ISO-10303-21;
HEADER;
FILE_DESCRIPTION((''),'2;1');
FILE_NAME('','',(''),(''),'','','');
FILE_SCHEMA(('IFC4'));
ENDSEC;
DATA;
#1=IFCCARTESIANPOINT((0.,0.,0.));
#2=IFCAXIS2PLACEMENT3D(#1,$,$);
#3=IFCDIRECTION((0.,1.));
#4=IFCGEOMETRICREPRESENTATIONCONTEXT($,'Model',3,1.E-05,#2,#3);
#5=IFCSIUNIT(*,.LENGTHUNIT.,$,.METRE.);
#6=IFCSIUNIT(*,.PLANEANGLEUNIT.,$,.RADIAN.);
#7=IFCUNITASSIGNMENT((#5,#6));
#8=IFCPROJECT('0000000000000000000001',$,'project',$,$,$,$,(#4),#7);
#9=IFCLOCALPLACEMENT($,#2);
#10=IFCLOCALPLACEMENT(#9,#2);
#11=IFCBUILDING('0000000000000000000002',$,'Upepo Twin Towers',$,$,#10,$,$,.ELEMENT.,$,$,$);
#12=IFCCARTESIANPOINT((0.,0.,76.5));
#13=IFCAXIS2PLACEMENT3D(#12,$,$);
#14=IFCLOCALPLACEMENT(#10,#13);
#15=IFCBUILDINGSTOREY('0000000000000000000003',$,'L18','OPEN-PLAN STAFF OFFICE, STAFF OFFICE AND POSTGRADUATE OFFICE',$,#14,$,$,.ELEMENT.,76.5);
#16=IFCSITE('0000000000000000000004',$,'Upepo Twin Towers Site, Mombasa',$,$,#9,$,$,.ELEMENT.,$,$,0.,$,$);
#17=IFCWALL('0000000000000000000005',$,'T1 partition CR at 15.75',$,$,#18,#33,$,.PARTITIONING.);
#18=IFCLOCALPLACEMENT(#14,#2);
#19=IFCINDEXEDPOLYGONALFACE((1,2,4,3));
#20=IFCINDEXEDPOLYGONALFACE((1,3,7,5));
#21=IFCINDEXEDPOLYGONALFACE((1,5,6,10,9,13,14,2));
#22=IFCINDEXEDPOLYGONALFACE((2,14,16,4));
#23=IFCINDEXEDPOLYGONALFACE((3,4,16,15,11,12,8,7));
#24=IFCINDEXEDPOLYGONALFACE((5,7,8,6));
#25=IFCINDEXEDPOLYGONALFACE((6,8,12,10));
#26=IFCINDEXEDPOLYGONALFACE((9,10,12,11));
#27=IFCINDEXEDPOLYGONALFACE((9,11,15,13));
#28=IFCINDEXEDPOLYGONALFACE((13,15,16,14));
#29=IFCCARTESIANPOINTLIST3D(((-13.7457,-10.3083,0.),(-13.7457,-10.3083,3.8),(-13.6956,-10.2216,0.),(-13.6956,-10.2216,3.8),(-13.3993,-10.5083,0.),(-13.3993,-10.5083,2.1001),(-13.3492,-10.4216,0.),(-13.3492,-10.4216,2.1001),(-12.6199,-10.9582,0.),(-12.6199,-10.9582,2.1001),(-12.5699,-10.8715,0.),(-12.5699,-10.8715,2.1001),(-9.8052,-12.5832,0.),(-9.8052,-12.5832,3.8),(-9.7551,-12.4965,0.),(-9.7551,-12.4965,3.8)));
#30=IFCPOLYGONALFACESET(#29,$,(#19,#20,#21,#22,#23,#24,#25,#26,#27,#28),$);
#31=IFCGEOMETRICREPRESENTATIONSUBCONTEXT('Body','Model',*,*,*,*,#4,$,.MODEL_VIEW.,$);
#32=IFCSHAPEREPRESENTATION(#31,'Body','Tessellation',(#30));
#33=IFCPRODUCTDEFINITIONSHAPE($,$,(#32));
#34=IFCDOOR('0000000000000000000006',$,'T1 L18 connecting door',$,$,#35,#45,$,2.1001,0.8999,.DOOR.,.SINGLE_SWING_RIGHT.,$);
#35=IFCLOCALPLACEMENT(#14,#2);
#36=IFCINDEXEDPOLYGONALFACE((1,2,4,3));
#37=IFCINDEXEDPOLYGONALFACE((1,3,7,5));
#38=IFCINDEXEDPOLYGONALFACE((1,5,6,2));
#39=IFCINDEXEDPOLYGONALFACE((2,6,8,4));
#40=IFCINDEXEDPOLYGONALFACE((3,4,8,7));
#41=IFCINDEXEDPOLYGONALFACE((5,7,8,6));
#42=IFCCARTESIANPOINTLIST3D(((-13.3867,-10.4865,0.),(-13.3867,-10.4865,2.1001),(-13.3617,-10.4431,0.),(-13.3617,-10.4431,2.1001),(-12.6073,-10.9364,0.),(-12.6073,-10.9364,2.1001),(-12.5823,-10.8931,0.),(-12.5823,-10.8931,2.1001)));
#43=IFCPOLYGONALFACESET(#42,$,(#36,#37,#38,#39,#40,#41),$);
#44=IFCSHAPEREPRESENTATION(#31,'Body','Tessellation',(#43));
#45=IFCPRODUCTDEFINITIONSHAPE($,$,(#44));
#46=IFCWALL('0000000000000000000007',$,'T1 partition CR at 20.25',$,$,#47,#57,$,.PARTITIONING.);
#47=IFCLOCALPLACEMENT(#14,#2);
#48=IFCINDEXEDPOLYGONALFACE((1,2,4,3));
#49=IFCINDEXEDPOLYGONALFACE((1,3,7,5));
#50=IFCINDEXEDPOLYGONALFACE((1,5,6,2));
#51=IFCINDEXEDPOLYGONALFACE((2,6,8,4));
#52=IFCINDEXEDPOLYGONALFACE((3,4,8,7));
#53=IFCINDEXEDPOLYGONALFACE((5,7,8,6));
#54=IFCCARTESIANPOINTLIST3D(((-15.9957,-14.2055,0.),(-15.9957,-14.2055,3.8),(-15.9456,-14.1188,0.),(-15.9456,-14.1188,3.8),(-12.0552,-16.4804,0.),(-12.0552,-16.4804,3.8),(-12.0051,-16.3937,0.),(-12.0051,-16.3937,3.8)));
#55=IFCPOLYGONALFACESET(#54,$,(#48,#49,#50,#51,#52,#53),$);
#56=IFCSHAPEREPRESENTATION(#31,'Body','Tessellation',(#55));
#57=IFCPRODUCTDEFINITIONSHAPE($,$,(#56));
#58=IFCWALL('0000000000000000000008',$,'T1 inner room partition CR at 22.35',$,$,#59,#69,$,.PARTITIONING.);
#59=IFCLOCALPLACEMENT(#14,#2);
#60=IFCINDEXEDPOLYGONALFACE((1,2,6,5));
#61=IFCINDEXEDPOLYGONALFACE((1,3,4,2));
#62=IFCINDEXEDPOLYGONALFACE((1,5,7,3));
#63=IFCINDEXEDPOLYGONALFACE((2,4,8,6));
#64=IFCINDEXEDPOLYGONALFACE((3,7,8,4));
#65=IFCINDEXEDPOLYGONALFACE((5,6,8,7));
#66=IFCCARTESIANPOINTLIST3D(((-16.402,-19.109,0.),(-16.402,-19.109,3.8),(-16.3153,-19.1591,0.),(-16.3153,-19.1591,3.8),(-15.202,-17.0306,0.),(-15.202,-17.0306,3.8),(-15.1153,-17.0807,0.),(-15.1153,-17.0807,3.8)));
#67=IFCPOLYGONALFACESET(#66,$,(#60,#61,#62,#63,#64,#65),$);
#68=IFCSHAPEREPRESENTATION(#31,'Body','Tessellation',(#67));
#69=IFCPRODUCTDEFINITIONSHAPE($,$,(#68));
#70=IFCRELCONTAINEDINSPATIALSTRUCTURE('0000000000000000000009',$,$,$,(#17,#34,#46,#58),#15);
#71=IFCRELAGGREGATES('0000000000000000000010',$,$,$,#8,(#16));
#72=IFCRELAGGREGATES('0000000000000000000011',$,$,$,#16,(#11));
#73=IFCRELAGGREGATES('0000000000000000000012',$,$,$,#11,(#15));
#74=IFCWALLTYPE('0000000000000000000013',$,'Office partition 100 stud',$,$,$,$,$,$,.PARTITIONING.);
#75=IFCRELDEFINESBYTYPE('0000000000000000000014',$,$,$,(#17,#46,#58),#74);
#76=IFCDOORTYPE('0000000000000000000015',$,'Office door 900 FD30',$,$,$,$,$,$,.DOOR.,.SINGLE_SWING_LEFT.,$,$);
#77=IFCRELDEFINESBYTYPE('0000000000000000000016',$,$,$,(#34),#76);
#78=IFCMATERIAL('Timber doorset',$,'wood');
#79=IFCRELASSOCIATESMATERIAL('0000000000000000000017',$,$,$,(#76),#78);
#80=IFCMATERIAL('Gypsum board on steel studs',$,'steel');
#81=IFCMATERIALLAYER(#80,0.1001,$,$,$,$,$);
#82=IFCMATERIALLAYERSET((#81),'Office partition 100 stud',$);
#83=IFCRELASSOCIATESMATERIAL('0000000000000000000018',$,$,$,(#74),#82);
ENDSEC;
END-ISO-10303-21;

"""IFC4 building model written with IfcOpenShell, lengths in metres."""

from ifc_helpers import new_model, si_unit, direction, frame, frame_2d, origin, place, context, subcontext, project, spatial, rectangle, extrude, material, layer, layer_set, type_object, element, fill, save


model = new_model("IFC4")

# Units and contexts
model_context = context("Model", 3, precision=1e-05, world=origin(), true_north=direction((0.0, 1.0)))
body_context = subcontext(model_context, "Body", "Model", "MODEL_VIEW")
ifc_project = project(units=[si_unit("LENGTHUNIT", "METRE"), si_unit("PLANEANGLEUNIT", "RADIAN")], contexts=[model_context])

# Site, building, storey
site_placement = place(None, origin())
site = spatial("IfcSite", under=ifc_project, at=site_placement, Name="Upepo Twin Towers Site, Mombasa", CompositionType="ELEMENT", RefElevation=0.0)
building_placement = place(site_placement, origin())
building = spatial("IfcBuilding", under=site, at=building_placement, Name="Upepo Twin Towers", CompositionType="ELEMENT")
storey_placement = place(building_placement, frame((0.0, 0.0, 76.5)))
storey = spatial("IfcBuildingStorey", under=building, at=storey_placement, Name="L18", Description="OPEN-PLAN STAFF OFFICE, STAFF OFFICE AND POSTGRADUATE OFFICE", CompositionType="ELEMENT", Elevation=76.5)

# Shared definitions
ifc_material_1 = material(Name="Timber doorset", Category="wood")
door_type = type_object("IfcDoorType", Name="Office door 900 FD30", OperationType="SINGLE_SWING_LEFT", PredefinedType="DOOR", material=ifc_material_1)

# Shared definitions
ifc_material_2 = material(Name="Gypsum board on steel studs", Category="steel")
ifc_layer_1 = layer(ifc_material_2, 0.1001)
ifc_layer_set_1 = layer_set([ifc_layer_1], Name="Office partition 100 stud")
wall_type_1 = type_object("IfcWallType", Name="Office partition 100 stud", PredefinedType="PARTITIONING", material=ifc_layer_set_1)

# Wall, opening, door
wall_1_placement = place(storey_placement, frame((-9.7803, -12.5398, 0.0), z_axis=(0.0, 0.0, 1.0), x_axis=(-0.866035, 0.499983, 0.0)))
wall_1 = element("IfcWall", 1, at=wall_1_placement, inside=storey, type_object=wall_type_1, Name="T1 partition CR at 15.75", PredefinedType="PARTITIONING", context=body_context, shape_type="SweptSolid", body=[
    extrude(rectangle(XDim=4.55, YDim=0.1001, at=frame_2d((2.2749, 0.0))), origin(), (0.0, 0.0, 1.0), 3.8),
])
opening_1_placement = place(wall_1_placement, frame((3.25, 0.0, 0.0)))
opening_1 = element("IfcOpeningElement", 2, at=opening_1_placement, cuts=wall_1, PredefinedType="OPENING", context=body_context, shape_type="SweptSolid", body=[
    extrude(rectangle(XDim=0.8999, YDim=2.1001, at=frame_2d((0.45, 1.05))), frame((0.0, 0.0601, 0.0), z_axis=(0.0, -1.0, 0.0), x_axis=(1.0, 0.0, 0.0)), (0.0, 0.0, 1.0), 0.1201),
])
door_1_placement = place(opening_1_placement, origin())
door_1 = element("IfcDoor", 3, at=door_1_placement, inside=storey, type_object=door_type, Name="T1 L18 connecting door", OperationType="SINGLE_SWING_RIGHT", OverallHeight=2.1001, OverallWidth=0.8999, PredefinedType="DOOR", context=body_context, shape_type="SweptSolid", body=[
    extrude(rectangle(XDim=0.8999, YDim=2.1001, at=frame_2d((0.45, 1.05))), frame((0.0, 0.0249, 0.0), z_axis=(0.0, -1.0, 0.0), x_axis=(1.0, 0.0, 0.0)), (0.0, 0.0, 1.0), 0.05),
])
fill(opening_1, door_1)

# Walls
wall_2_placement = place(storey_placement, frame((-12.0303, -16.437, 0.0), z_axis=(0.0, 0.0, 1.0), x_axis=(-0.866035, 0.499983, 0.0)))
element("IfcWall", 4, at=wall_2_placement, inside=storey, type_object=wall_type_1, Name="T1 partition CR at 20.25", PredefinedType="PARTITIONING", context=body_context, shape_type="SweptSolid", body=[
    extrude(rectangle(XDim=4.55, YDim=0.1001, at=frame_2d((2.2749, 0.0))), origin(), (0.0, 0.0, 1.0), 3.8),
])
wall_3_placement = place(storey_placement, frame((-15.1587, -17.0557, 0.0), z_axis=(0.0, 0.0, 1.0), x_axis=(-0.500001, -0.866025, 0.0)))
element("IfcWall", 5, at=wall_3_placement, inside=storey, type_object=wall_type_1, Name="T1 inner room partition CR at 22.35", PredefinedType="PARTITIONING", context=body_context, shape_type="SweptSolid", body=[
    extrude(rectangle(XDim=2.3999, YDim=0.1001, at=frame_2d((1.2, 0.0))), origin(), (0.0, 0.0, 1.0), 3.8),
])

save(model, "model.ifc")
